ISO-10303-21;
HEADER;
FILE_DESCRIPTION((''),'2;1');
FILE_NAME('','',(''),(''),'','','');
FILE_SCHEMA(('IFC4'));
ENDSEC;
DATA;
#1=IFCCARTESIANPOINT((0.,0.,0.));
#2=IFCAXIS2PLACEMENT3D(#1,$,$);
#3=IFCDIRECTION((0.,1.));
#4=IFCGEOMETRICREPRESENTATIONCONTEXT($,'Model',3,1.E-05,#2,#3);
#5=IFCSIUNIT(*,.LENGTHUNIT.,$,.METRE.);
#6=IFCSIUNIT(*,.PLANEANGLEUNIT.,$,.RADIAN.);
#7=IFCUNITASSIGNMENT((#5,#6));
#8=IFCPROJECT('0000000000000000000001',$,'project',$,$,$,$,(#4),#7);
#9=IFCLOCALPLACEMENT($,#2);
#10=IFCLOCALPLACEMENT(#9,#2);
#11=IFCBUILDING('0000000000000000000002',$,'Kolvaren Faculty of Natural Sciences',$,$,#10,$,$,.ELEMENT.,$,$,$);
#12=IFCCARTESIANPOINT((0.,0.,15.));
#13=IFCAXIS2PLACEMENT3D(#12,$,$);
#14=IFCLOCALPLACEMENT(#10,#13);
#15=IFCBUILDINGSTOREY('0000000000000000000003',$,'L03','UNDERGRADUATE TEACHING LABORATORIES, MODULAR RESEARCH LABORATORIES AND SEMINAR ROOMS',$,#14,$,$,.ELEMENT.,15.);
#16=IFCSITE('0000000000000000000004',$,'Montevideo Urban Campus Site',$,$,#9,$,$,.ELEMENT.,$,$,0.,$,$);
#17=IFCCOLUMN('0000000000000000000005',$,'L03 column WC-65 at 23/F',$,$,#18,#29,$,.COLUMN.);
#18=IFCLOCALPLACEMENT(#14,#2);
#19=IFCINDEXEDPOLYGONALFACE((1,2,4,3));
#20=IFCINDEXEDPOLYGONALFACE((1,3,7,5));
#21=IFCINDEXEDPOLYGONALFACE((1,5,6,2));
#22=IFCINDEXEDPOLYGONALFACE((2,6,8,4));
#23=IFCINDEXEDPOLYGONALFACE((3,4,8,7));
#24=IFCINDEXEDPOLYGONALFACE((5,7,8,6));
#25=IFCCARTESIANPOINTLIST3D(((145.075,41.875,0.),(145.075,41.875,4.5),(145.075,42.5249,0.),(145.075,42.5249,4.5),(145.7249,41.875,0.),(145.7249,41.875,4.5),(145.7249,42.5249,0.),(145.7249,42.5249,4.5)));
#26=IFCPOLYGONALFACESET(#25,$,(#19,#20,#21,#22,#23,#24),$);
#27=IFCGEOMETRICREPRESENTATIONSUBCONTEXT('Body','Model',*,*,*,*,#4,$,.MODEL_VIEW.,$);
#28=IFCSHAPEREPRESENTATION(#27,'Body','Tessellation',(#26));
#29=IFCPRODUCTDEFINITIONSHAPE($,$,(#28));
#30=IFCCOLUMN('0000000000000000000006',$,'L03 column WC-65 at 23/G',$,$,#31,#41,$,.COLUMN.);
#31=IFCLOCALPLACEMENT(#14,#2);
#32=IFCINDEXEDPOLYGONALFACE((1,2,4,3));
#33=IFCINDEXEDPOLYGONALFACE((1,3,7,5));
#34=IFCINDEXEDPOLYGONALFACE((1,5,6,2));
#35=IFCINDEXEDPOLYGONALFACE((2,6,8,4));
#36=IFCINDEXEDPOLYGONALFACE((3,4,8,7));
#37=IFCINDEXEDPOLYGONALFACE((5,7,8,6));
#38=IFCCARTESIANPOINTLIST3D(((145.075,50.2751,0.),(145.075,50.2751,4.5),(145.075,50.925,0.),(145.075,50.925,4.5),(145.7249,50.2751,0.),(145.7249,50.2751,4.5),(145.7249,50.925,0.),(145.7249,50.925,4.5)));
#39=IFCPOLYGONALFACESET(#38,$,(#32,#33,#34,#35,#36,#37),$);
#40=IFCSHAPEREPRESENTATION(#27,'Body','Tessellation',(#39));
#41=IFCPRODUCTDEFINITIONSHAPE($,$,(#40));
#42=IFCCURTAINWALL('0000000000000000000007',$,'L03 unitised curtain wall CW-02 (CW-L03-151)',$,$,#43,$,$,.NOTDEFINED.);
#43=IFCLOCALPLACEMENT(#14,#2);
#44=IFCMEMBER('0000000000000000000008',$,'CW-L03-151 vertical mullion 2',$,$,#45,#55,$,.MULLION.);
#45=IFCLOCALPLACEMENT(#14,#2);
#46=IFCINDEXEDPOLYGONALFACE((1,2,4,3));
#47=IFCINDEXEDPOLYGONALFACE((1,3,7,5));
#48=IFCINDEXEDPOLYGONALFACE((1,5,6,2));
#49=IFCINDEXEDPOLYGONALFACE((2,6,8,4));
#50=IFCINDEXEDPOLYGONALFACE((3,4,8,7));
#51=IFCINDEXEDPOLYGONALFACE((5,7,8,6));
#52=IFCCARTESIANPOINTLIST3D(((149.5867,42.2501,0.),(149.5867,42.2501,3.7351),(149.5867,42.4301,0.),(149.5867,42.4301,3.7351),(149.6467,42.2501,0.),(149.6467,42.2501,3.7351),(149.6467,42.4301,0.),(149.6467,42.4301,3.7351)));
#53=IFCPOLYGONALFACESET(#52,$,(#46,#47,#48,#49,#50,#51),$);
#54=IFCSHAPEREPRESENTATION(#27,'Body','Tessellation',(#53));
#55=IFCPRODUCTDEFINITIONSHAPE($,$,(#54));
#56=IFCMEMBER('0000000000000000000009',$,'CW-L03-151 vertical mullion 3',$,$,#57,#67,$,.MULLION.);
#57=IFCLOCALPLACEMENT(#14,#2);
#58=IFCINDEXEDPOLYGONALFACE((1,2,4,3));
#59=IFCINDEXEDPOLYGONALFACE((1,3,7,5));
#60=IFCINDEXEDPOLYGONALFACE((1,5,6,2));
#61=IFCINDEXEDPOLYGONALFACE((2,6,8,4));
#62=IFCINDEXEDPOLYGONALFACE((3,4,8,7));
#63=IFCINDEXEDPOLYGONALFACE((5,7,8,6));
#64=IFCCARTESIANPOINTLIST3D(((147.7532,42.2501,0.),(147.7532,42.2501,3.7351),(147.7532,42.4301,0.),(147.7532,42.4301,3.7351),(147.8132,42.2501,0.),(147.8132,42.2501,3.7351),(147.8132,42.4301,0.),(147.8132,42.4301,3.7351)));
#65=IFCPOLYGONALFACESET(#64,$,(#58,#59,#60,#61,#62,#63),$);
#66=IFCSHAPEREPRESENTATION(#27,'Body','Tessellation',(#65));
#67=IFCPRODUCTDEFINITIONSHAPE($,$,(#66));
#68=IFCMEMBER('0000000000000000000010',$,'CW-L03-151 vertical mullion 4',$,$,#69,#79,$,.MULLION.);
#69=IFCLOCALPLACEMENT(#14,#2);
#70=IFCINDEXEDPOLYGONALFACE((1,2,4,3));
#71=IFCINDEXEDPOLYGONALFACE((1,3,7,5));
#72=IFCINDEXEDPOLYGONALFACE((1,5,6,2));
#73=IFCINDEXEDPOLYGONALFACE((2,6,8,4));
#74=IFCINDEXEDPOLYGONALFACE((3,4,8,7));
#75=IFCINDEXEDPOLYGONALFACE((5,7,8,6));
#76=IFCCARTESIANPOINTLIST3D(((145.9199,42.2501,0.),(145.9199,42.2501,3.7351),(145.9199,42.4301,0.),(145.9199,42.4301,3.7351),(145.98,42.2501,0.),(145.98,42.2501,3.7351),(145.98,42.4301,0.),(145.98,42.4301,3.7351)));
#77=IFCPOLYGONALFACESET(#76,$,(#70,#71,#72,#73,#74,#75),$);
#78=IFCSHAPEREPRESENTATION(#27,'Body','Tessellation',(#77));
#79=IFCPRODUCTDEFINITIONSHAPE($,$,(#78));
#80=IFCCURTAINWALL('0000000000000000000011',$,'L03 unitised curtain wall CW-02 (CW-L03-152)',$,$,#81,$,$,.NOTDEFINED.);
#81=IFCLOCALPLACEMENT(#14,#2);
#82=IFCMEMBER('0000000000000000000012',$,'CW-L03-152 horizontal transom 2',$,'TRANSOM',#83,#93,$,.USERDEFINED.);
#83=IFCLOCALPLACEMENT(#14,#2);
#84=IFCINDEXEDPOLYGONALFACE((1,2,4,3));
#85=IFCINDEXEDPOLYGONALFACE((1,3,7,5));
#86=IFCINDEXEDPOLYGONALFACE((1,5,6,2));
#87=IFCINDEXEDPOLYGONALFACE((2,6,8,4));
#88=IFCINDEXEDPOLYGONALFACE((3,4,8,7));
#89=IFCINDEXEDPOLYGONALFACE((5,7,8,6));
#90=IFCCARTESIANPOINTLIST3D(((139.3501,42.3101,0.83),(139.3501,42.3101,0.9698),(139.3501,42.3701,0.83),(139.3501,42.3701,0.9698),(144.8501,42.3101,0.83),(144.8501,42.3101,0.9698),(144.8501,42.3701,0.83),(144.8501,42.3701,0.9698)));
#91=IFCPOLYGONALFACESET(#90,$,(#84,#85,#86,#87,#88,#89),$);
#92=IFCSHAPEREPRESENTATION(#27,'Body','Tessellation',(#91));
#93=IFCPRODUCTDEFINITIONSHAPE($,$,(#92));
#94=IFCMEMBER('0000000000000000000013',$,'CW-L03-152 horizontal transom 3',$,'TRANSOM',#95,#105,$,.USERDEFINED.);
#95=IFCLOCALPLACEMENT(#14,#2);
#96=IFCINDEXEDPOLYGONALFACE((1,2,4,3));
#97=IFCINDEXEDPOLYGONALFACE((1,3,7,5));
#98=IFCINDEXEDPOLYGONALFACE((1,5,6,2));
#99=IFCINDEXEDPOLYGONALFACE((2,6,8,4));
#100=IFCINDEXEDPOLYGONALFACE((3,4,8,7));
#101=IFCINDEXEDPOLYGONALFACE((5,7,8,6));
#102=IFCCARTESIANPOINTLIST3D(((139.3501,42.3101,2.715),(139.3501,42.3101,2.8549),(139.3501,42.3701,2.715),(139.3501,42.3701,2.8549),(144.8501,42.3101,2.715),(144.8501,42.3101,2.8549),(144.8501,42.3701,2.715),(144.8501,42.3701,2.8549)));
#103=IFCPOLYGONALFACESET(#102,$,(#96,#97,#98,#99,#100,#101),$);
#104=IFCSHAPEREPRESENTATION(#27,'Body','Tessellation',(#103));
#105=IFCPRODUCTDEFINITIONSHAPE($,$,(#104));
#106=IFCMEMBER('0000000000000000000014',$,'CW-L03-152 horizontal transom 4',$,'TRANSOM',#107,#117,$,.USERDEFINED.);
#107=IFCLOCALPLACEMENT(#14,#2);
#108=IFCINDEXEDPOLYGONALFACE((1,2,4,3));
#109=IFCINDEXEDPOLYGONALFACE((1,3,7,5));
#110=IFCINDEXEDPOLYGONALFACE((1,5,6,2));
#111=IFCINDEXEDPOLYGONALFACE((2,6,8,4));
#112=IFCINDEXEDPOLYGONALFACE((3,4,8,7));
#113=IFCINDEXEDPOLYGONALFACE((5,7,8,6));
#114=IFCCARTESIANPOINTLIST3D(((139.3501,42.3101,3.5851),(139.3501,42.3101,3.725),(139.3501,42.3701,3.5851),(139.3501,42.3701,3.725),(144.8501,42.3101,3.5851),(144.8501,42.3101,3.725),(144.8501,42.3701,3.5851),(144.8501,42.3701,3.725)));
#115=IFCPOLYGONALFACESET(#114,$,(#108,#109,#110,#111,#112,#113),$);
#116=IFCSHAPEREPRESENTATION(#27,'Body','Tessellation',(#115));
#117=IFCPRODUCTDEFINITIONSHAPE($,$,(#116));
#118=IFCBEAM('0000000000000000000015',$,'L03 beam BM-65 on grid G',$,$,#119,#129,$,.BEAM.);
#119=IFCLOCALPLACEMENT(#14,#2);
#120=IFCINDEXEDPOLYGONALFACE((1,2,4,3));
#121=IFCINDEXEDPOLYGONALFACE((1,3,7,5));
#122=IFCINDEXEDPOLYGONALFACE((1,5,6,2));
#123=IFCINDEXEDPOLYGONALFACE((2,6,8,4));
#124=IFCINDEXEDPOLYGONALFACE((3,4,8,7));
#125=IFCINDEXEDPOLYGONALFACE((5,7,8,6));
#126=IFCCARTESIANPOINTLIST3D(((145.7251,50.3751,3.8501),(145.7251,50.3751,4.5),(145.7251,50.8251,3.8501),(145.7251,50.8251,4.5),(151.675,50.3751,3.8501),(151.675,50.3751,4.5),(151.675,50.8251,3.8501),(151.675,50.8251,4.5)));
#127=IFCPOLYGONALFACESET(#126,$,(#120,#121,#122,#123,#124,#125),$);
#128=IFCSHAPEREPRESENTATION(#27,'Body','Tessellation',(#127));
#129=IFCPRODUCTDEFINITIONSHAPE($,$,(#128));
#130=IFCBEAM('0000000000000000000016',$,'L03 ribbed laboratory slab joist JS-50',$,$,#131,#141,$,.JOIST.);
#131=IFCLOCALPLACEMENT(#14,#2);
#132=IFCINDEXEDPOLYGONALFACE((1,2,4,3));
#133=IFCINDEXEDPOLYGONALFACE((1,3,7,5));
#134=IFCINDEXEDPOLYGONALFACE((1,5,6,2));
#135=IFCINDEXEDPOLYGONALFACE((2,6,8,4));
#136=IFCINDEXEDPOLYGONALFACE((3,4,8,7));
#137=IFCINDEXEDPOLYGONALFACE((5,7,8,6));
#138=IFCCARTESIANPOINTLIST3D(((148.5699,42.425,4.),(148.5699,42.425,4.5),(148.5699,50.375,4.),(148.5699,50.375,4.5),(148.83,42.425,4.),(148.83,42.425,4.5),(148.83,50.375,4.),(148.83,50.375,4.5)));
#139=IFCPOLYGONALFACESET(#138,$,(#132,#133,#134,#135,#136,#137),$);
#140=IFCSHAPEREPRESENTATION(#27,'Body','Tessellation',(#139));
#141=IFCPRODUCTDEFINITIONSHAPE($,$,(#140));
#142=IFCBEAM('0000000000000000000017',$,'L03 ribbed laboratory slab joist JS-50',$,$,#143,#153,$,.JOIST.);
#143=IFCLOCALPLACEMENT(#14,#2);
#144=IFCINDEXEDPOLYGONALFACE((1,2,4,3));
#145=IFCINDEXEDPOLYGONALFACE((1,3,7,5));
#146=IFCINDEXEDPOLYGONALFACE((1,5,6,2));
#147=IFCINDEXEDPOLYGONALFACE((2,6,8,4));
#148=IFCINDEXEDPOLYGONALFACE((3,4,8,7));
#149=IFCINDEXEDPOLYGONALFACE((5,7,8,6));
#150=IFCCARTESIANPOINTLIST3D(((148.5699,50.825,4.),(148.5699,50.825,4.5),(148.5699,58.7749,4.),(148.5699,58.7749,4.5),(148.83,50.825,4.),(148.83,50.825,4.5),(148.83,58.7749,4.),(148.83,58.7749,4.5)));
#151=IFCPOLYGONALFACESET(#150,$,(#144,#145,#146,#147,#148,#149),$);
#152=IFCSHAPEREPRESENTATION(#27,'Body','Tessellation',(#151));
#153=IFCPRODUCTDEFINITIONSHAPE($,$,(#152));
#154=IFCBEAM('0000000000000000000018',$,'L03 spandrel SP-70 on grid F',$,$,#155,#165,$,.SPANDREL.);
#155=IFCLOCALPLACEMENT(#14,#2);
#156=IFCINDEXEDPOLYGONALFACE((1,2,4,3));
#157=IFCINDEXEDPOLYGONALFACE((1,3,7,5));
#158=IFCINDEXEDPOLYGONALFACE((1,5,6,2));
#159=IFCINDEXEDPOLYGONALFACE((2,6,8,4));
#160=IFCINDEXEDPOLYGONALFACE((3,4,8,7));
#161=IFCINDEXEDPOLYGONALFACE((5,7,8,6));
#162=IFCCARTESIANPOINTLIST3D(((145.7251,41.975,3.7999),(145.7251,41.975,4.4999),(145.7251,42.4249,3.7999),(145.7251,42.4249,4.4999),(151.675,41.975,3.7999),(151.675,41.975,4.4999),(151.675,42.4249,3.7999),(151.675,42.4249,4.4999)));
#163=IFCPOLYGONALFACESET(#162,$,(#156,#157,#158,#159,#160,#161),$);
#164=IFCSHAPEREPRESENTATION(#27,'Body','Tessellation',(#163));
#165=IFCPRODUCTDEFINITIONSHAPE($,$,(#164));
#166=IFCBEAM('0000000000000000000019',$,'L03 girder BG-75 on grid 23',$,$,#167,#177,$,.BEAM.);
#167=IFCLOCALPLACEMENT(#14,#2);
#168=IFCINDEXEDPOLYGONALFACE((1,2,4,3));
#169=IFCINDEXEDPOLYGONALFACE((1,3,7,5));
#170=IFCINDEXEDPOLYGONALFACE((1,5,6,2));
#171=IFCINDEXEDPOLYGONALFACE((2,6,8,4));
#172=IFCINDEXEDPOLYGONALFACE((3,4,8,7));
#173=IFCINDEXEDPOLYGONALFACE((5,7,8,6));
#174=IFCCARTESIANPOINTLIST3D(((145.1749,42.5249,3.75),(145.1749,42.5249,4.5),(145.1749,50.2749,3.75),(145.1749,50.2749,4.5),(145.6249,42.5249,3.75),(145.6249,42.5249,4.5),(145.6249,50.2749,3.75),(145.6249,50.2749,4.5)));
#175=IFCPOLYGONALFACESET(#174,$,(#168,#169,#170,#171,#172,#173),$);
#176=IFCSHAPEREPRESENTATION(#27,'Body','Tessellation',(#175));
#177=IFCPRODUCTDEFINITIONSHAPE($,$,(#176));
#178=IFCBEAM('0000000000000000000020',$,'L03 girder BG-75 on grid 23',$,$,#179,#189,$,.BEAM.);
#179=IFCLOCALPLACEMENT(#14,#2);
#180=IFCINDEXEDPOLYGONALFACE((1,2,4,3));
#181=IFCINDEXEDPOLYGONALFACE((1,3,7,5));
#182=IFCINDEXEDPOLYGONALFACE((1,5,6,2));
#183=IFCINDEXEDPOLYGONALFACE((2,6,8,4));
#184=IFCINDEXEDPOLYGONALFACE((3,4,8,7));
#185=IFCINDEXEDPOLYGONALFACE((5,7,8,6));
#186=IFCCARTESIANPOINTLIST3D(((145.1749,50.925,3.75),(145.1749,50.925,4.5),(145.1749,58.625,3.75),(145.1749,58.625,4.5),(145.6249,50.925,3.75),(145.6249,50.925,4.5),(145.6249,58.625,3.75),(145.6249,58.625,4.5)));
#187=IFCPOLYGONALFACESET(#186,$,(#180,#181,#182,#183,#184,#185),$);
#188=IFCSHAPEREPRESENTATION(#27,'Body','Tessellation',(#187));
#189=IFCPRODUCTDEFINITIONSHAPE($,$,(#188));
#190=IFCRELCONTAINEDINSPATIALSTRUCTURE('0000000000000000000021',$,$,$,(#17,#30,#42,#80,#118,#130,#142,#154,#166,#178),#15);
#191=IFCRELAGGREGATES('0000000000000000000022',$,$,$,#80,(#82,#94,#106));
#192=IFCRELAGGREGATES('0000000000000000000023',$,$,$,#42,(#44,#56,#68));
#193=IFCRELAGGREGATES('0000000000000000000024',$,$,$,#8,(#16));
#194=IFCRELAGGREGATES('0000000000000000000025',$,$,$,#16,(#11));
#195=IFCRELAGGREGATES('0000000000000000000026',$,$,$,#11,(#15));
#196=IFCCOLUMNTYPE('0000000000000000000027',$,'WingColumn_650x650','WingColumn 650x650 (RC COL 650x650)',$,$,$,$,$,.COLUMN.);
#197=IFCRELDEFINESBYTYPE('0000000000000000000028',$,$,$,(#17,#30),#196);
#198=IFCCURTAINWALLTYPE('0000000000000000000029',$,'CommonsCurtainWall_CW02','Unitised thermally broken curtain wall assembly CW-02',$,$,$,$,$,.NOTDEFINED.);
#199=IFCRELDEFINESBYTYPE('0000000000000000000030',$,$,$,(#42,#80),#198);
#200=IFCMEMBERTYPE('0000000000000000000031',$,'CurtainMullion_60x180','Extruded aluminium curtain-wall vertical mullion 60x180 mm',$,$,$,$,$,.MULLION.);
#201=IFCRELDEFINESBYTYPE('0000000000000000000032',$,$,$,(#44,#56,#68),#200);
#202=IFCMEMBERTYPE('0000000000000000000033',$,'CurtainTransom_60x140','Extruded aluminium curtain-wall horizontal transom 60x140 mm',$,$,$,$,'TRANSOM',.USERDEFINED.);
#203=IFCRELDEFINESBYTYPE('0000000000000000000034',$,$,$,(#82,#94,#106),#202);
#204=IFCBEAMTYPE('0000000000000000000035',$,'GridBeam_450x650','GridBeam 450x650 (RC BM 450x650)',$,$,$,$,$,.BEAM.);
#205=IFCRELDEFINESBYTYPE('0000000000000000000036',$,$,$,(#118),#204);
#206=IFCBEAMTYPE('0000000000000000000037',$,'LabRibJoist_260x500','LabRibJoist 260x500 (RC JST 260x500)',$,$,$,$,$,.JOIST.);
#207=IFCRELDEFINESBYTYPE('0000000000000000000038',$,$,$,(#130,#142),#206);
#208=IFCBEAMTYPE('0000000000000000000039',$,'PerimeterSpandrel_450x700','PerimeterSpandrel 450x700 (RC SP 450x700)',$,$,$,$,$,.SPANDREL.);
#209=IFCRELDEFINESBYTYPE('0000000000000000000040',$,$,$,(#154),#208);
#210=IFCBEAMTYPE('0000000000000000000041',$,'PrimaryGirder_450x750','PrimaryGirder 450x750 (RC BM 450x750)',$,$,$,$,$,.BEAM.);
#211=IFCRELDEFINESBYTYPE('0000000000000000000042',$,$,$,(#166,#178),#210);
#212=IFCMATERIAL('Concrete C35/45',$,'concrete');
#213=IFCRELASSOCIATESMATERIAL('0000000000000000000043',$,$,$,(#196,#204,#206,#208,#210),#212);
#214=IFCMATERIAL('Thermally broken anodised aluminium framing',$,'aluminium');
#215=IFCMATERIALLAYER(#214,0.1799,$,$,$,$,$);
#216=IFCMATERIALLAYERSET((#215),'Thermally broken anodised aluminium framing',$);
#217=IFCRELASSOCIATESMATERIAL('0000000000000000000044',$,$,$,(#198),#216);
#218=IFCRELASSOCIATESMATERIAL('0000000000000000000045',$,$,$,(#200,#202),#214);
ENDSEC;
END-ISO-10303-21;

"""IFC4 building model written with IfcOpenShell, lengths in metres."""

from ifc_helpers import new_model, si_unit, direction, frame, origin, origin_2d, place, context, subcontext, project, spatial, rectangle, extrude, material, layer, layer_set, material_profile, profile_set, type_object, element, aggregate, save


model = new_model("IFC4")

# Units and contexts
model_context = context("Model", 3, precision=1e-05, world=origin(), true_north=direction((0.0, 1.0)))
body_context = subcontext(model_context, "Body", "Model", "MODEL_VIEW")
ifc_project = project(units=[si_unit("LENGTHUNIT", "METRE"), si_unit("PLANEANGLEUNIT", "RADIAN")], contexts=[model_context])

# Site, building, storey
site_placement = place(None, origin())
site = spatial("IfcSite", under=ifc_project, at=site_placement, Name="Montevideo Urban Campus Site", CompositionType="ELEMENT", RefElevation=0.0)
building_placement = place(site_placement, origin())
building = spatial("IfcBuilding", under=site, at=building_placement, Name="Kolvaren Faculty of Natural Sciences", CompositionType="ELEMENT")
storey_placement = place(building_placement, frame((0.0, 0.0, 15.0)))
storey = spatial("IfcBuildingStorey", under=building, at=storey_placement, Name="L03", Description="UNDERGRADUATE TEACHING LABORATORIES, MODULAR RESEARCH LABORATORIES AND SEMINAR ROOMS", CompositionType="ELEMENT", Elevation=15.0)

# Columns
ifc_material_1 = material(Name="Concrete C35/45", Category="concrete")
ifc_material_profile_1 = material_profile(ifc_material_1, rectangle(XDim=0.6499, YDim=0.6499, at=origin_2d()), Name="RC COL 650x650")
ifc_profile_set_1 = profile_set([ifc_material_profile_1], Name="Concrete C35/45")
column_type = type_object("IfcColumnType", Name="WingColumn_650x650", Description="WingColumn 650x650 (RC COL 650x650)", PredefinedType="COLUMN", material=ifc_profile_set_1)
for number, where, z_axis, x_axis, name in (
    (1, (145.3999, 42.2, 0.0), (0.0, 0.0, 1.0), (1.0, 0.0, 0.0), "L03 column WC-65 at 23/F"),
    (2, (145.3999, 50.6001, 0.0), (0.0, 0.0, 1.0), (1.0, 0.0, 0.0), "L03 column WC-65 at 23/G"),
):
    element("IfcColumn", number, at=place(storey_placement, frame(where, z_axis=z_axis, x_axis=x_axis)), inside=storey, type_object=column_type, Name=name, PredefinedType="COLUMN", context=body_context, shape_type="SweptSolid", body=[
        extrude(rectangle(XDim=0.6499, YDim=0.6499, at=origin_2d()), origin(), (0.0, 0.0, 1.0), 4.5),
    ])

# Curtain walls, members
ifc_material_2 = material(Name="Thermally broken anodised aluminium framing", Category="aluminium")
ifc_layer_1 = layer(ifc_material_2, 0.1799)
ifc_layer_set_1 = layer_set([ifc_layer_1], Name="Thermally broken anodised aluminium framing")
curtain_wall_type = type_object("IfcCurtainWallType", Name="CommonsCurtainWall_CW02", Description="Unitised thermally broken curtain wall assembly CW-02", PredefinedType="NOTDEFINED", material=ifc_layer_set_1)
curtain_wall_1_placement = place(storey_placement, origin())
curtain_wall_1 = element("IfcCurtainWall", 3, at=curtain_wall_1_placement, inside=storey, type_object=curtain_wall_type, Name="L03 unitised curtain wall CW-02 (CW-L03-151)", PredefinedType="NOTDEFINED")
ifc_material_profile_2 = material_profile(ifc_material_2, rectangle(XDim=0.0601, YDim=0.1799, at=origin_2d()), Name="ALU MUL 60x180")
ifc_profile_set_2 = profile_set([ifc_material_profile_2], Name="Thermally broken anodised aluminium framing")
member_type_1 = type_object("IfcMemberType", Name="CurtainMullion_60x180", Description="Extruded aluminium curtain-wall vertical mullion 60x180 mm", PredefinedType="MULLION", material=ifc_profile_set_2)
member_1_placement = place(storey_placement, frame((149.6167, 42.3401, 0.0), z_axis=(0.0, 0.0, 1.0), x_axis=(-1.0, 0.0, 0.0)))
member_1 = element("IfcMember", 4, at=member_1_placement, type_object=member_type_1, Name="CW-L03-151 vertical mullion 2", PredefinedType="MULLION", context=body_context, shape_type="SweptSolid", body=[
    extrude(rectangle(XDim=0.0601, YDim=0.1799, at=origin_2d()), origin(), (0.0, 0.0, 1.0), 3.7351),
])
member_2_placement = place(storey_placement, frame((147.7832, 42.3401, 0.0), z_axis=(0.0, 0.0, 1.0), x_axis=(-1.0, 0.0, 0.0)))
member_2 = element("IfcMember", 5, at=member_2_placement, type_object=member_type_1, Name="CW-L03-151 vertical mullion 3", PredefinedType="MULLION", context=body_context, shape_type="SweptSolid", body=[
    extrude(rectangle(XDim=0.0601, YDim=0.1799, at=origin_2d()), origin(), (0.0, 0.0, 1.0), 3.7351),
])
member_3_placement = place(storey_placement, frame((145.95, 42.3401, 0.0), z_axis=(0.0, 0.0, 1.0), x_axis=(-1.0, 0.0, 0.0)))
member_3 = element("IfcMember", 6, at=member_3_placement, type_object=member_type_1, Name="CW-L03-151 vertical mullion 4", PredefinedType="MULLION", context=body_context, shape_type="SweptSolid", body=[
    extrude(rectangle(XDim=0.0601, YDim=0.1799, at=origin_2d()), origin(), (0.0, 0.0, 1.0), 3.7351),
])
curtain_wall_2_placement = place(storey_placement, origin())
curtain_wall_2 = element("IfcCurtainWall", 7, at=curtain_wall_2_placement, inside=storey, type_object=curtain_wall_type, Name="L03 unitised curtain wall CW-02 (CW-L03-152)", PredefinedType="NOTDEFINED")
ifc_material_profile_3 = material_profile(ifc_material_2, rectangle(XDim=0.0601, YDim=0.1399, at=origin_2d()), Name="ALU TRN 60x140")
ifc_profile_set_3 = profile_set([ifc_material_profile_3], Name="Thermally broken anodised aluminium framing")
member_type_2 = type_object("IfcMemberType", Name="CurtainTransom_60x140", Description="Extruded aluminium curtain-wall horizontal transom 60x140 mm", ElementType="TRANSOM", PredefinedType="USERDEFINED", material=ifc_profile_set_3)
member_4_placement = place(storey_placement, frame((144.8501, 42.3401, 0.8999), z_axis=(-1.0, 0.0, 0.0), x_axis=(0.0, -1.0, 0.0)))
member_4 = element("IfcMember", 8, at=member_4_placement, type_object=member_type_2, Name="CW-L03-152 horizontal transom 2", ObjectType="TRANSOM", PredefinedType="USERDEFINED", context=body_context, shape_type="SweptSolid", body=[
    extrude(rectangle(XDim=0.0601, YDim=0.1399, at=origin_2d()), origin(), (0.0, 0.0, 1.0), 5.5),
])
member_5_placement = place(storey_placement, frame((144.8501, 42.3401, 2.7849), z_axis=(-1.0, 0.0, 0.0), x_axis=(0.0, -1.0, 0.0)))
member_5 = element("IfcMember", 9, at=member_5_placement, type_object=member_type_2, Name="CW-L03-152 horizontal transom 3", ObjectType="TRANSOM", PredefinedType="USERDEFINED", context=body_context, shape_type="SweptSolid", body=[
    extrude(rectangle(XDim=0.0601, YDim=0.1399, at=origin_2d()), origin(), (0.0, 0.0, 1.0), 5.5),
])
member_6_placement = place(storey_placement, frame((144.8501, 42.3401, 3.655), z_axis=(-1.0, 0.0, 0.0), x_axis=(0.0, -1.0, 0.0)))
member_6 = element("IfcMember", 10, at=member_6_placement, type_object=member_type_2, Name="CW-L03-152 horizontal transom 4", ObjectType="TRANSOM", PredefinedType="USERDEFINED", context=body_context, shape_type="SweptSolid", body=[
    extrude(rectangle(XDim=0.0601, YDim=0.1399, at=origin_2d()), origin(), (0.0, 0.0, 1.0), 5.5),
])
aggregate(curtain_wall_2, [member_4, member_5, member_6])

# Beams
ifc_material_profile_4 = material_profile(ifc_material_1, rectangle(XDim=0.45, YDim=0.6499, at=origin_2d()), Name="RC BM 450x650")
ifc_profile_set_4 = profile_set([ifc_material_profile_4], Name="Concrete C35/45")
beam_type_1 = type_object("IfcBeamType", Name="GridBeam_450x650", Description="GridBeam 450x650 (RC BM 450x650)", PredefinedType="BEAM", material=ifc_profile_set_4)
beam_1_placement = place(storey_placement, frame((145.7251, 50.6001, 4.175), z_axis=(1.0, 0.0, 0.0), x_axis=(0.0, 1.0, 0.0)))
element("IfcBeam", 11, at=beam_1_placement, inside=storey, type_object=beam_type_1, Name="L03 beam BM-65 on grid G", PredefinedType="BEAM", context=body_context, shape_type="SweptSolid", body=[
    extrude(rectangle(XDim=0.45, YDim=0.6499, at=origin_2d()), origin(), (0.0, 0.0, 1.0), 5.95),
])
ifc_material_profile_5 = material_profile(ifc_material_1, rectangle(XDim=0.26, YDim=0.5, at=origin_2d()), Name="RC JST 260x500")
ifc_profile_set_5 = profile_set([ifc_material_profile_5], Name="Concrete C35/45")
beam_type_2 = type_object("IfcBeamType", Name="LabRibJoist_260x500", Description="LabRibJoist 260x500 (RC JST 260x500)", PredefinedType="JOIST", material=ifc_profile_set_5)
for number, where, z_axis, x_axis, name in (
    (12, (148.7, 42.425, 4.25), (0.0, 1.0, 0.0), (-1.0, 0.0, 0.0), "L03 ribbed laboratory slab joist JS-50"),
    (13, (148.7, 50.825, 4.25), (0.0, 1.0, 0.0), (-1.0, 0.0, 0.0), "L03 ribbed laboratory slab joist JS-50"),
):
    element("IfcBeam", number, at=place(storey_placement, frame(where, z_axis=z_axis, x_axis=x_axis)), inside=storey, type_object=beam_type_2, Name=name, PredefinedType="JOIST", context=body_context, shape_type="SweptSolid", body=[
        extrude(rectangle(XDim=0.26, YDim=0.5, at=origin_2d()), origin(), (0.0, 0.0, 1.0), 7.95),
    ])
ifc_material_profile_6 = material_profile(ifc_material_1, rectangle(XDim=0.45, YDim=0.7, at=origin_2d()), Name="RC SP 450x700")
ifc_profile_set_6 = profile_set([ifc_material_profile_6], Name="Concrete C35/45")
beam_type_3 = type_object("IfcBeamType", Name="PerimeterSpandrel_450x700", Description="PerimeterSpandrel 450x700 (RC SP 450x700)", PredefinedType="SPANDREL", material=ifc_profile_set_6)
beam_2_placement = place(storey_placement, frame((145.7251, 42.2, 4.1499), z_axis=(1.0, 0.0, 0.0), x_axis=(0.0, 1.0, 0.0)))
element("IfcBeam", 14, at=beam_2_placement, inside=storey, type_object=beam_type_3, Name="L03 spandrel SP-70 on grid F", PredefinedType="SPANDREL", context=body_context, shape_type="SweptSolid", body=[
    extrude(rectangle(XDim=0.45, YDim=0.7, at=origin_2d()), origin(), (0.0, 0.0, 1.0), 5.95),
])
ifc_material_profile_7 = material_profile(ifc_material_1, rectangle(XDim=0.45, YDim=0.75, at=origin_2d()), Name="RC BM 450x750")
ifc_profile_set_7 = profile_set([ifc_material_profile_7], Name="Concrete C35/45")
beam_type_4 = type_object("IfcBeamType", Name="PrimaryGirder_450x750", Description="PrimaryGirder 450x750 (RC BM 450x750)", PredefinedType="BEAM", material=ifc_profile_set_7)
beam_3_placement = place(storey_placement, frame((145.3999, 42.5249, 4.125), z_axis=(0.0, 1.0, 0.0), x_axis=(-1.0, 0.0, 0.0)))
element("IfcBeam", 15, at=beam_3_placement, inside=storey, type_object=beam_type_4, Name="L03 girder BG-75 on grid 23", PredefinedType="BEAM", context=body_context, shape_type="SweptSolid", body=[
    extrude(rectangle(XDim=0.45, YDim=0.75, at=origin_2d()), origin(), (0.0, 0.0, 1.0), 7.75),
])
beam_4_placement = place(storey_placement, frame((145.3999, 50.925, 4.125), z_axis=(0.0, 1.0, 0.0), x_axis=(-1.0, 0.0, 0.0)))
element("IfcBeam", 16, at=beam_4_placement, inside=storey, type_object=beam_type_4, Name="L03 girder BG-75 on grid 23", PredefinedType="BEAM", context=body_context, shape_type="SweptSolid", body=[
    extrude(rectangle(XDim=0.45, YDim=0.75, at=origin_2d()), origin(), (0.0, 0.0, 1.0), 7.7),
])

aggregate(curtain_wall_1, [member_1, member_2, member_3])

save(model, "model.ifc")
